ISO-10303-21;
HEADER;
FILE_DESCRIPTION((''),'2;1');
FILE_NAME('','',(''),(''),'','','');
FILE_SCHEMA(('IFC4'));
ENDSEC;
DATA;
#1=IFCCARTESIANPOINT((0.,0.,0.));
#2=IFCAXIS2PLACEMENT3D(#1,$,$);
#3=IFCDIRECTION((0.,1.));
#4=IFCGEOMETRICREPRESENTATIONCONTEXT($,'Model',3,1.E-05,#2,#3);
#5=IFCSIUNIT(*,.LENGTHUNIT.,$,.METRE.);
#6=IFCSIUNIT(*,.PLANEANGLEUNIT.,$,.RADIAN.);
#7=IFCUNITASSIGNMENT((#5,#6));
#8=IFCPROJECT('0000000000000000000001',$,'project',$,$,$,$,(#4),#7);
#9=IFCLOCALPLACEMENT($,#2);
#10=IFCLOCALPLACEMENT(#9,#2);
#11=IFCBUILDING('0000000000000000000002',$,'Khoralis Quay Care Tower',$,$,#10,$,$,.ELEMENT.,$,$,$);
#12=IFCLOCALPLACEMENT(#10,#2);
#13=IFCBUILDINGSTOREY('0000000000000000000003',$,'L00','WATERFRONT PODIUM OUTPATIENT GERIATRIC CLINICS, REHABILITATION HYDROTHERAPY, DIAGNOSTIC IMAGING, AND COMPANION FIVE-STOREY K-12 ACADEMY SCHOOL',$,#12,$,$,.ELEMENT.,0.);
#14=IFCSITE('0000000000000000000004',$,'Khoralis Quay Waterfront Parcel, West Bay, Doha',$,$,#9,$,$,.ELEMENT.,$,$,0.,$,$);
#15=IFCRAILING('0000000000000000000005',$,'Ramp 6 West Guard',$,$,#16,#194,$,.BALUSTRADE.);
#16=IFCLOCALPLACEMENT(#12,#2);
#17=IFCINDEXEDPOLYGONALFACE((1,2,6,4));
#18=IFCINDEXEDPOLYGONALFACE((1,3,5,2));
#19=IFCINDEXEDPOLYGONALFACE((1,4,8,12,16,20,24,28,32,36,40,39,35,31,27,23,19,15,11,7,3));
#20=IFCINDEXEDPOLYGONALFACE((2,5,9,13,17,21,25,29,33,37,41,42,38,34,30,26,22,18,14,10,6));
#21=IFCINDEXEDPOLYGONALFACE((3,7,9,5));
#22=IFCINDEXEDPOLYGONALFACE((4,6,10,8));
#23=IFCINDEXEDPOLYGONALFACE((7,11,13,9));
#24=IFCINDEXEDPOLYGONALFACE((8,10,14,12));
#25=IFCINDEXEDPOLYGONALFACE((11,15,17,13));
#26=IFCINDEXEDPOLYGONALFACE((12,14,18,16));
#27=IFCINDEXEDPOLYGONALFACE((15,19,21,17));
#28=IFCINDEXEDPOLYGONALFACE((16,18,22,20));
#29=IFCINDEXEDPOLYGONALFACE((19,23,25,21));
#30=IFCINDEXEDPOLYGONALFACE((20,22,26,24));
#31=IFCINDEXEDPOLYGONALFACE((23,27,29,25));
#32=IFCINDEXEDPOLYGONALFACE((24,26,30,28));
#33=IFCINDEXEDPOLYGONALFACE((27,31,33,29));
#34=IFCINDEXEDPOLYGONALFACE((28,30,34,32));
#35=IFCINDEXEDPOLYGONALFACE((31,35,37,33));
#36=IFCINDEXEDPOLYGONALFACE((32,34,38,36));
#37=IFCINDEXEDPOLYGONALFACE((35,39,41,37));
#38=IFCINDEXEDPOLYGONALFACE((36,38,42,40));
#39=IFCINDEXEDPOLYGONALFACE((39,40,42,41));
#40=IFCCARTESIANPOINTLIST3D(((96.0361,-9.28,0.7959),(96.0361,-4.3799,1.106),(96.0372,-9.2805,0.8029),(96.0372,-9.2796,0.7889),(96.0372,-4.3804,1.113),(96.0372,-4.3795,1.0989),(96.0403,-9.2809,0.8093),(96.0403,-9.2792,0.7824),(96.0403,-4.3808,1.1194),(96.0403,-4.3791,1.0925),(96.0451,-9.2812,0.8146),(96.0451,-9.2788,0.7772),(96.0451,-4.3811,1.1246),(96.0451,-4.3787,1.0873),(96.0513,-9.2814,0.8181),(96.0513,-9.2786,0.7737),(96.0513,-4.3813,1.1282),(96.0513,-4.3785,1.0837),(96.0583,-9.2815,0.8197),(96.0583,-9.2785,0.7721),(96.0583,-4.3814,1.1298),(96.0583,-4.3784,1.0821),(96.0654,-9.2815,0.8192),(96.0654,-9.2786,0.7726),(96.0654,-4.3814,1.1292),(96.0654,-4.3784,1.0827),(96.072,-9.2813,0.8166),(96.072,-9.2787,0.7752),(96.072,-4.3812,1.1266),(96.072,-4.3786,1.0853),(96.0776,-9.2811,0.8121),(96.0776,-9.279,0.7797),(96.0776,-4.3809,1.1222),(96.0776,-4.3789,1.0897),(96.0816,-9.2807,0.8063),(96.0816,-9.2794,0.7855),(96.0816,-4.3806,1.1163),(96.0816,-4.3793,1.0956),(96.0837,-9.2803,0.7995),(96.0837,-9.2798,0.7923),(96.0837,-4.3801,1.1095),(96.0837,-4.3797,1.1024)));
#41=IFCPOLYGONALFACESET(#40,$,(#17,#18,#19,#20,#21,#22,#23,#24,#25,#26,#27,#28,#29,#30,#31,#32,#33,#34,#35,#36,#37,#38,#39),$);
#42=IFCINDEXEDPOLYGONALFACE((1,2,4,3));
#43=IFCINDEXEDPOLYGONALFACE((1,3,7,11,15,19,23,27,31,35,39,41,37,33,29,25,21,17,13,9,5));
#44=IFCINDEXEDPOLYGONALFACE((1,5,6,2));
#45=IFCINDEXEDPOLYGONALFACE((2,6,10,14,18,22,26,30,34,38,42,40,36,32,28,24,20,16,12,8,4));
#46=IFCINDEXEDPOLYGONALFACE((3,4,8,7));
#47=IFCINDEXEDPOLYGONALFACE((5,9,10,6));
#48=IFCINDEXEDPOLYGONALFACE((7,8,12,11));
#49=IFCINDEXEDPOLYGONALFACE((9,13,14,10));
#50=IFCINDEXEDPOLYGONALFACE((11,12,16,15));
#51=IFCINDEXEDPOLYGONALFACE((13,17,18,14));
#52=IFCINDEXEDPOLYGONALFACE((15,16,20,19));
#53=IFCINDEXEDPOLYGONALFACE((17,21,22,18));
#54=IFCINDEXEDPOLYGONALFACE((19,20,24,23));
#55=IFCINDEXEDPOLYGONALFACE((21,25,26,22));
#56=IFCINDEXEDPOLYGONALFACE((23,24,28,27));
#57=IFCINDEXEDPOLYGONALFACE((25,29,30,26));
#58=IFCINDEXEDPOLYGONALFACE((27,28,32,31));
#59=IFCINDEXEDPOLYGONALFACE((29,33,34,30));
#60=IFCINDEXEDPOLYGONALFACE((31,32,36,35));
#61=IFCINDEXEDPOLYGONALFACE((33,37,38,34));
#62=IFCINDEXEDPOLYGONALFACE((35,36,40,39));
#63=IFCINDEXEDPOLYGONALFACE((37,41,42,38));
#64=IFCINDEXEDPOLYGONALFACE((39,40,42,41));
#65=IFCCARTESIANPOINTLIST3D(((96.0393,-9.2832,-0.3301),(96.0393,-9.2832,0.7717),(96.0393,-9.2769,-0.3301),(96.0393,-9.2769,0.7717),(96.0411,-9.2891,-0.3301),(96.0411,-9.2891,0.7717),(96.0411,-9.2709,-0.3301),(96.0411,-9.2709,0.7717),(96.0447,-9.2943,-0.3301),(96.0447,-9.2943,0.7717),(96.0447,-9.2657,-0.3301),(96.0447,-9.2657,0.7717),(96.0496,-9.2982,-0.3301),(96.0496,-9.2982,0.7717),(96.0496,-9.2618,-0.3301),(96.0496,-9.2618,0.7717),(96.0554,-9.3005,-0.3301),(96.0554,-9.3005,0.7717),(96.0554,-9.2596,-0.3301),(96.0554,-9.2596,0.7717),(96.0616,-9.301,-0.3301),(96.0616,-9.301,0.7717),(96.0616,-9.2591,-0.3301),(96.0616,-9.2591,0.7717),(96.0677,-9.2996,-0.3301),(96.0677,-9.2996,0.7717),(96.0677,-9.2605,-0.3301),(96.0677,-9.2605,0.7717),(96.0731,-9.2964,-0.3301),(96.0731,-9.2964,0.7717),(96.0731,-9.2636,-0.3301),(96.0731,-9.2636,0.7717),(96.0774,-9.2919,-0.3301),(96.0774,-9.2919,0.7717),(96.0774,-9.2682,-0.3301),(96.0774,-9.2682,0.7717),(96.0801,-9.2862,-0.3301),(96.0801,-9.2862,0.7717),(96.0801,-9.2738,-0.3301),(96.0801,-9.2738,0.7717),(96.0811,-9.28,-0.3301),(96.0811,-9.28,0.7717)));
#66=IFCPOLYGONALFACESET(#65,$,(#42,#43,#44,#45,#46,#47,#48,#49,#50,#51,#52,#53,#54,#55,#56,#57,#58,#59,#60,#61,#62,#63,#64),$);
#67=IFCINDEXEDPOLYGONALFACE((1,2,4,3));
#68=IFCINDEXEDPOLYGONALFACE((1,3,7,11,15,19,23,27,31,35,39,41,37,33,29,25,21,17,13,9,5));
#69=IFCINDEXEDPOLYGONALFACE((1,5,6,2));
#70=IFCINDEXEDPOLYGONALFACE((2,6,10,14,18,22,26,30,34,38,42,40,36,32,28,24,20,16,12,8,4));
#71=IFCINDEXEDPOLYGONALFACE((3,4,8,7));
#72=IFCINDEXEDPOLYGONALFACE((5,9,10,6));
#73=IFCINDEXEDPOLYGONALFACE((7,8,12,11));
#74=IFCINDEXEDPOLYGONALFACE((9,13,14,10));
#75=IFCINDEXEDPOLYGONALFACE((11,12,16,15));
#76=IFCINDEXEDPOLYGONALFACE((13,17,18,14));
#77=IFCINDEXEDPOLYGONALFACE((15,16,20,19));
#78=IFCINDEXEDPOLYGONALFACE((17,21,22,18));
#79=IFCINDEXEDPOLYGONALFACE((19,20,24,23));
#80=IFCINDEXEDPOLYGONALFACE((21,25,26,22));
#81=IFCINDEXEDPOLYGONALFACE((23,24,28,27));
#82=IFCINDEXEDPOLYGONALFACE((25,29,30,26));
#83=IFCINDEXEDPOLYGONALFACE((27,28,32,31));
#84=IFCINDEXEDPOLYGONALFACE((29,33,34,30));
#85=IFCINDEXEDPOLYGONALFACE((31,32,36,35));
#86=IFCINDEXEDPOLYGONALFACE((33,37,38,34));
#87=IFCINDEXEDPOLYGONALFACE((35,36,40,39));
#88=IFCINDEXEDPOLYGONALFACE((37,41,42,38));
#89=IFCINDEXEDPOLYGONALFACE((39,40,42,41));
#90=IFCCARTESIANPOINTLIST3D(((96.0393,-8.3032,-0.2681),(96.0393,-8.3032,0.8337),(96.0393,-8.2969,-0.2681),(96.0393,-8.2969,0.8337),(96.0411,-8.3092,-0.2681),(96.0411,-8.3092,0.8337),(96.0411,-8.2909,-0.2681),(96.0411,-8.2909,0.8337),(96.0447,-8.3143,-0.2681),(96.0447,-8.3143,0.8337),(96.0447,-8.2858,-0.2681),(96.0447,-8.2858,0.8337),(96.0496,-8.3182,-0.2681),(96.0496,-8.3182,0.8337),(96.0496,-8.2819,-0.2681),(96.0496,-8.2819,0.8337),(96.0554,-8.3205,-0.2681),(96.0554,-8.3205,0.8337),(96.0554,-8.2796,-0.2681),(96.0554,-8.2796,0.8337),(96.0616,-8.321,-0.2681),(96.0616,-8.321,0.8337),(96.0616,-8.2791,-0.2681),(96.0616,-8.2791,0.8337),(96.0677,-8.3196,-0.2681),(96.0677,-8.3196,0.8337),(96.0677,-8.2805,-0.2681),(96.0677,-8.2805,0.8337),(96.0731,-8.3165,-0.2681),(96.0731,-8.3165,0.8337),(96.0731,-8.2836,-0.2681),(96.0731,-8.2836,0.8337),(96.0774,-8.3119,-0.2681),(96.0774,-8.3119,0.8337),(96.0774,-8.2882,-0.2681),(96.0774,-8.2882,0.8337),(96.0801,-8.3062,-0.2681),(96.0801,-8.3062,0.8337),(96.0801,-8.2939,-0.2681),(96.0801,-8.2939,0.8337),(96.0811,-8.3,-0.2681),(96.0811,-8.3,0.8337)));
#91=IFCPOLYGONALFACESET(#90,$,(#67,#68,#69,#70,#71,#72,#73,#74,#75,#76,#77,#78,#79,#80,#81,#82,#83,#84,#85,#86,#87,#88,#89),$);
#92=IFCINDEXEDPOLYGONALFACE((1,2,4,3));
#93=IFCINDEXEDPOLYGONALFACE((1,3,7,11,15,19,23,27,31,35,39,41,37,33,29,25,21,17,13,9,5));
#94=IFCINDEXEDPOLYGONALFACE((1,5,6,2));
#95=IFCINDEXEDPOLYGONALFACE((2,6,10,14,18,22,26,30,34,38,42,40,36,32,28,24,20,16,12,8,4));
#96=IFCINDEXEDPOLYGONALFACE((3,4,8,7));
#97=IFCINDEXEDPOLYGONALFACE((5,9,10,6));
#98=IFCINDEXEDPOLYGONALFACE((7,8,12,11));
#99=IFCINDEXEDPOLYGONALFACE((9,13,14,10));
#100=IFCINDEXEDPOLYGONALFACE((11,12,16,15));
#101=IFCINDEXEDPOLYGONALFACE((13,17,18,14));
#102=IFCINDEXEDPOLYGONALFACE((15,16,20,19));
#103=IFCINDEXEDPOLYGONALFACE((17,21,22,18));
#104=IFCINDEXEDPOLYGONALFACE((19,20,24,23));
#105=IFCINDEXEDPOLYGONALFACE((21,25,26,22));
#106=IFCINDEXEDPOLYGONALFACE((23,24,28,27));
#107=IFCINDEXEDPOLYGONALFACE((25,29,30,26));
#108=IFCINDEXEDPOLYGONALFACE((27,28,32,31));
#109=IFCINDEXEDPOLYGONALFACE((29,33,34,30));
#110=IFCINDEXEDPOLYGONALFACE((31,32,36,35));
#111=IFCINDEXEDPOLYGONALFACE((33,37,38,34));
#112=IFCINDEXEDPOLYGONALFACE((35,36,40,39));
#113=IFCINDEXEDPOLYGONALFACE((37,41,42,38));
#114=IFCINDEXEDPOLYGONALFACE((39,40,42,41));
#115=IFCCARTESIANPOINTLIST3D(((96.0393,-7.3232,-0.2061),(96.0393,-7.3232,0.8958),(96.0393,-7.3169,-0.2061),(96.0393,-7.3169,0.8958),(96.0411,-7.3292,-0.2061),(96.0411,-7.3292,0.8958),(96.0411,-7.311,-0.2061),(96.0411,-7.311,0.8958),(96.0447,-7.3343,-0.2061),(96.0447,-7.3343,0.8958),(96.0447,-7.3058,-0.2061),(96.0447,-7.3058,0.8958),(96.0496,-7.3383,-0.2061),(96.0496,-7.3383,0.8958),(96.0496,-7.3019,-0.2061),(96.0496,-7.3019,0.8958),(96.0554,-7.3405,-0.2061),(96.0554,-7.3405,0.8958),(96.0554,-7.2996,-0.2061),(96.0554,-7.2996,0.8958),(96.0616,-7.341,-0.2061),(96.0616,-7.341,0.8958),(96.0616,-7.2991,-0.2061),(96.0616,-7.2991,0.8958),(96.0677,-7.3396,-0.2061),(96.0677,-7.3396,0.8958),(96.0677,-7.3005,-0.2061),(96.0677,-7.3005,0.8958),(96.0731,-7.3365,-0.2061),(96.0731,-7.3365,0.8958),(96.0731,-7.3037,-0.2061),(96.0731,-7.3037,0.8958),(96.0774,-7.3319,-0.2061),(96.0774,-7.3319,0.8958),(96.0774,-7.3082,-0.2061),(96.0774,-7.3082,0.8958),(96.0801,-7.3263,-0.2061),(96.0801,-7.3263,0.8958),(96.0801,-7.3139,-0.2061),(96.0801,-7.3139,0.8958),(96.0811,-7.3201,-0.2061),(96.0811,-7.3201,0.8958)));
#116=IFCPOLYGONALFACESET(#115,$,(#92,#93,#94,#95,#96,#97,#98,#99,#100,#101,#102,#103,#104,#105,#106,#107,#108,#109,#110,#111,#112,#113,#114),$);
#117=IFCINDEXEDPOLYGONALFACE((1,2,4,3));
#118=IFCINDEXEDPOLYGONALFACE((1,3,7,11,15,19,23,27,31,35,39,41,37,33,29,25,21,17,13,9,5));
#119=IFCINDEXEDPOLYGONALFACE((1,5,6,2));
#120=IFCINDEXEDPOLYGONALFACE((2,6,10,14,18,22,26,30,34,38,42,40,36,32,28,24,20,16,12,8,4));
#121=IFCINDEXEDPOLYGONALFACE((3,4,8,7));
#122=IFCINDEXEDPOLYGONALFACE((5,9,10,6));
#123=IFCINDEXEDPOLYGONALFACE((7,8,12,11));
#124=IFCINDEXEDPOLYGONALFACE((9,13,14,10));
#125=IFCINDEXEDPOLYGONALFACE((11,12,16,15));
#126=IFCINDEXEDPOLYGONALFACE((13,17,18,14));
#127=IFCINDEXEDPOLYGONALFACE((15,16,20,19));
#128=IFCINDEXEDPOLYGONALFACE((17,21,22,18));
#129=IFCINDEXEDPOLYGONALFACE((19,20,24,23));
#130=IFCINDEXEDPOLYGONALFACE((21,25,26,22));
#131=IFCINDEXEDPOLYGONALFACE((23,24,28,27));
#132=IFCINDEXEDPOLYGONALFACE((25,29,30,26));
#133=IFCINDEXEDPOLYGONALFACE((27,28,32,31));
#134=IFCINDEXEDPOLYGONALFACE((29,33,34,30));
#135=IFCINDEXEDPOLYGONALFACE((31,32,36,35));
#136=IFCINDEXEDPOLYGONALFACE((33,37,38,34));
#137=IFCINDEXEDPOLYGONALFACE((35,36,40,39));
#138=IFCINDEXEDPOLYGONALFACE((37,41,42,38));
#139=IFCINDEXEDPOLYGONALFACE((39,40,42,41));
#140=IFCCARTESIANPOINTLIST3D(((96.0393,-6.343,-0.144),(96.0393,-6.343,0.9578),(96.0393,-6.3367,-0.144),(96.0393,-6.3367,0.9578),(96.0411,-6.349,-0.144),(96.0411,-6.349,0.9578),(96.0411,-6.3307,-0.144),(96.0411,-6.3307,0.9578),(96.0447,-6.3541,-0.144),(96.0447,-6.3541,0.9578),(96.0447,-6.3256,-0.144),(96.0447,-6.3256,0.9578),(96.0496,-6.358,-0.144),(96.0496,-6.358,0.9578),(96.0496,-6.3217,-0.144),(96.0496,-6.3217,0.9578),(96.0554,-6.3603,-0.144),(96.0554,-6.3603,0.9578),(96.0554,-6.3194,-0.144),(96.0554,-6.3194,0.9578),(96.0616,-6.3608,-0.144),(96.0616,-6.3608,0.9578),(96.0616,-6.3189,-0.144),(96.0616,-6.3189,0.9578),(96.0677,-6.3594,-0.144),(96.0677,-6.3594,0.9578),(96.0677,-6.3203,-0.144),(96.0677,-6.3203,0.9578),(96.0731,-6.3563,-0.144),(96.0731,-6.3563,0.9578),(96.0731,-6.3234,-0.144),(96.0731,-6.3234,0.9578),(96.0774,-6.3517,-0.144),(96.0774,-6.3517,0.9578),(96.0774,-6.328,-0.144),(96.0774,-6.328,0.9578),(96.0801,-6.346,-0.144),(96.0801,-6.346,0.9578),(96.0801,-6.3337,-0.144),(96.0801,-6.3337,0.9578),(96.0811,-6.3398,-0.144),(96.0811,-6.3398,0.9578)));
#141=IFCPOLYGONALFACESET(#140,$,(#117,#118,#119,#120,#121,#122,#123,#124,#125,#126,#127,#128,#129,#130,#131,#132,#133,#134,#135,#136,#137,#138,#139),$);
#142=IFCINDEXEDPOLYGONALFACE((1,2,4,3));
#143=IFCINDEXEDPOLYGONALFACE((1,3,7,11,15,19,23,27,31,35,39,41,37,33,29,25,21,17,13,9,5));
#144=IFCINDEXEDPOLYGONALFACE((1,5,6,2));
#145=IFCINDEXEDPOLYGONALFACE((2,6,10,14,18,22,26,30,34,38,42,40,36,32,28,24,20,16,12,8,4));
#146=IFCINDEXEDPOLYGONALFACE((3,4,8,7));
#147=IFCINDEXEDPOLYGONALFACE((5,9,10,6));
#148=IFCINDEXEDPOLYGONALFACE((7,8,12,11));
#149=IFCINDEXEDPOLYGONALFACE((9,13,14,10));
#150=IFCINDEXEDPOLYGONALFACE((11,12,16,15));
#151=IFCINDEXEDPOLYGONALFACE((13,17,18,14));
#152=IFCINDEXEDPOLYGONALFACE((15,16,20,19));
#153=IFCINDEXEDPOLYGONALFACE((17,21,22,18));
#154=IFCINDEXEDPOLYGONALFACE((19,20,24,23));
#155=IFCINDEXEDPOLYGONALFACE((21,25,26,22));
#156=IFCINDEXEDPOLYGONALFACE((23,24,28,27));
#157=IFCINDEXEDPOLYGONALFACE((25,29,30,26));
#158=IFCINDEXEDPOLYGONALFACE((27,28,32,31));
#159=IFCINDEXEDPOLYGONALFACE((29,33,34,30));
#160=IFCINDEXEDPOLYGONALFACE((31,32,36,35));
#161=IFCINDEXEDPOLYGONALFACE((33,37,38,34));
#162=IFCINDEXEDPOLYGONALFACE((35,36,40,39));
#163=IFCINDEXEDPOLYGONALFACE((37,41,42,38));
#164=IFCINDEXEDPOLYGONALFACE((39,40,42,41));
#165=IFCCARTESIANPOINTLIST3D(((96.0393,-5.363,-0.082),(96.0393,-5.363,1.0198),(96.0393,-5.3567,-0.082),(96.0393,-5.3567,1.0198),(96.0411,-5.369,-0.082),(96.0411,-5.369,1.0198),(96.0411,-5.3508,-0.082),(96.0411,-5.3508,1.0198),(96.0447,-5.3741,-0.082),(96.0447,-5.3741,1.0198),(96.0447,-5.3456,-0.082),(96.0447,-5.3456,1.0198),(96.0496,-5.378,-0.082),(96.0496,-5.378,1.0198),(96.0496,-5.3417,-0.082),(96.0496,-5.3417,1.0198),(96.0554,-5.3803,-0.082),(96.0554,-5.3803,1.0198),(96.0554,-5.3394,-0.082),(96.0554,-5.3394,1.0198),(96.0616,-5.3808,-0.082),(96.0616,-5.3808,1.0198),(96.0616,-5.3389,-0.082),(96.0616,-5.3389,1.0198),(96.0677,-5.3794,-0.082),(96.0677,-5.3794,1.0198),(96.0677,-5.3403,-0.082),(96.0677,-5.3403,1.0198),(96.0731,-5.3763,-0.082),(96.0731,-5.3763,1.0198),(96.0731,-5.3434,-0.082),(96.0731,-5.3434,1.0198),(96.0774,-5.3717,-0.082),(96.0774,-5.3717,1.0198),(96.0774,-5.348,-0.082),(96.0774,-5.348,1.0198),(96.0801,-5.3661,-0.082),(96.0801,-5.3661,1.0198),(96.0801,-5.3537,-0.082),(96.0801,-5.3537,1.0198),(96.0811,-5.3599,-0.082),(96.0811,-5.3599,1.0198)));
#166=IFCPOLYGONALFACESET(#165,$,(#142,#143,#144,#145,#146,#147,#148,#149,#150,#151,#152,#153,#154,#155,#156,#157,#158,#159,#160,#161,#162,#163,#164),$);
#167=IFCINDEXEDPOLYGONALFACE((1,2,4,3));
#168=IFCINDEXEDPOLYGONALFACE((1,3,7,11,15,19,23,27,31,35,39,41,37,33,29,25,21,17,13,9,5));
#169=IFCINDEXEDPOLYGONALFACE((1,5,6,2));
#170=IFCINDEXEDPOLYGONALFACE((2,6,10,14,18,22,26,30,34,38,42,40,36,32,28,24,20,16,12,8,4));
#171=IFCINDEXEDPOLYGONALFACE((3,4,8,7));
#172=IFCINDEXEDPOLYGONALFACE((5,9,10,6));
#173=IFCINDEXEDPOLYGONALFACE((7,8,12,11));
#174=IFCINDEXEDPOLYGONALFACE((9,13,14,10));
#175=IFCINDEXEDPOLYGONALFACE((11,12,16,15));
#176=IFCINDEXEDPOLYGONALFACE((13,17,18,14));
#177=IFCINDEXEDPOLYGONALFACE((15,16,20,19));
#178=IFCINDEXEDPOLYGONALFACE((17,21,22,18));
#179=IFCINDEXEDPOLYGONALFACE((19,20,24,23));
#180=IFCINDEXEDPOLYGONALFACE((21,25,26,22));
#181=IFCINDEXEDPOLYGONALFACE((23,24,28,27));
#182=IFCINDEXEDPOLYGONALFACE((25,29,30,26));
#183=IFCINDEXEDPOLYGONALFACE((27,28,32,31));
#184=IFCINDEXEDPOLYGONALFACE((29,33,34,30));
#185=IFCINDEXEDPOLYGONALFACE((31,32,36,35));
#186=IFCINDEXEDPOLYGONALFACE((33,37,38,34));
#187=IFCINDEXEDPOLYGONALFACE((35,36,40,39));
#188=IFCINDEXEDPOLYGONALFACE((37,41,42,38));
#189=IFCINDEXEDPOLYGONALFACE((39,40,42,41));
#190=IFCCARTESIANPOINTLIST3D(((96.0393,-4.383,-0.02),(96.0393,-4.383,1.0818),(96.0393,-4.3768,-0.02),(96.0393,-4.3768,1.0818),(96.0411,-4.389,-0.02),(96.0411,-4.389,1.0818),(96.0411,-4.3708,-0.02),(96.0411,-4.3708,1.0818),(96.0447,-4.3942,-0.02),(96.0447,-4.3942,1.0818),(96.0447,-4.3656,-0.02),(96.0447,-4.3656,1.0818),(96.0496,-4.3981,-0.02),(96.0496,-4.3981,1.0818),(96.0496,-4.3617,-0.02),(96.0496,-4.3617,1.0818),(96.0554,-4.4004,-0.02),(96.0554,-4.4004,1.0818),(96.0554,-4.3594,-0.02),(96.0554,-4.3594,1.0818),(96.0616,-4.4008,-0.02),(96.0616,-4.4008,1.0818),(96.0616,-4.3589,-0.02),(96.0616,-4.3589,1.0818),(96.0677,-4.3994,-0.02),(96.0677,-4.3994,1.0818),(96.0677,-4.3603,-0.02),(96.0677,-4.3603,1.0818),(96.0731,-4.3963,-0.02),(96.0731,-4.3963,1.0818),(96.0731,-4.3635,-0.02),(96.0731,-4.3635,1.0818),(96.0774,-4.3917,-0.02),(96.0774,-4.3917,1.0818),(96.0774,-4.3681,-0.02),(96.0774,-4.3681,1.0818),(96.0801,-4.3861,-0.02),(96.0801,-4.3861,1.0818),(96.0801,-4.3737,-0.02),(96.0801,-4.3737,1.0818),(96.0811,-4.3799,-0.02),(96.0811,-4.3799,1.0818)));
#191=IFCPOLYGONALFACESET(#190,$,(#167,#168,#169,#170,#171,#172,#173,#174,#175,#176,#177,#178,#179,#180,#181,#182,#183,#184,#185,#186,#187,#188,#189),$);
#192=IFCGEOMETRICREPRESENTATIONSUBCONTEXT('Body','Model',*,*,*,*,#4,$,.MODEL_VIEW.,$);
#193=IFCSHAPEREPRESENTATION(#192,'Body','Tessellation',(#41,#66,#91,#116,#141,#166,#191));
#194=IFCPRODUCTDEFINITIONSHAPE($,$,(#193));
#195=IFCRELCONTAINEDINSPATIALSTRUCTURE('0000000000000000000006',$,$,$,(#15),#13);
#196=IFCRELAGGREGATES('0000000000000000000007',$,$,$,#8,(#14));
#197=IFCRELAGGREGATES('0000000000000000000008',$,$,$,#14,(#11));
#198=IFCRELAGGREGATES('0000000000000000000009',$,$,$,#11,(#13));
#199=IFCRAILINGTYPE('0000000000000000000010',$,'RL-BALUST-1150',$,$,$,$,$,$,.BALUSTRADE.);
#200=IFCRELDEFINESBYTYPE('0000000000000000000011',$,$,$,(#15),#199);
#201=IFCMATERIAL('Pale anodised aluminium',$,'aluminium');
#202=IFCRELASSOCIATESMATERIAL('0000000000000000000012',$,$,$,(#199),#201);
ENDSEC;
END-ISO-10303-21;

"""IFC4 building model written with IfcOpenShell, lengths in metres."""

from ifc_helpers import new_model, si_unit, direction, frame, origin, origin_2d, place, context, subcontext, project, spatial, circle, extrude, material, type_object, element, save


model = new_model("IFC4")

# Units and contexts
model_context = context("Model", 3, precision=1e-05, world=origin(), true_north=direction((0.0, 1.0)))
body_context = subcontext(model_context, "Body", "Model", "MODEL_VIEW")
ifc_project = project(units=[si_unit("LENGTHUNIT", "METRE"), si_unit("PLANEANGLEUNIT", "RADIAN")], contexts=[model_context])

# Site, building, storey
site_placement = place(None, origin())
site = spatial("IfcSite", under=ifc_project, at=site_placement, Name="Khoralis Quay Waterfront Parcel, West Bay, Doha", CompositionType="ELEMENT", RefElevation=0.0)
building_placement = place(site_placement, origin())
building = spatial("IfcBuilding", under=site, at=building_placement, Name="Khoralis Quay Care Tower", CompositionType="ELEMENT")
storey_placement = place(building_placement, origin())
storey = spatial("IfcBuildingStorey", under=building, at=storey_placement, Name="L00", Description="WATERFRONT PODIUM OUTPATIENT GERIATRIC CLINICS, REHABILITATION HYDROTHERAPY, DIAGNOSTIC IMAGING, AND COMPANION FIVE-STOREY K-12 ACADEMY SCHOOL", CompositionType="ELEMENT", Elevation=0.0)

# Shared definitions
ifc_material_1 = material(Name="Pale anodised aluminium", Category="aluminium")

# Railing
railing_type = type_object("IfcRailingType", Name="RL-BALUST-1150", PredefinedType="BALUSTRADE", material=ifc_material_1)
for number, where, name in (
    (1, (96.0601, -9.28, -0.3301), "Ramp 6 West Guard"),
):
    element("IfcRailing", number, at=place(storey_placement, frame(where)), inside=storey, type_object=railing_type, Name=name, PredefinedType="BALUSTRADE", context=body_context, shape_type="SweptSolid", body=[
        extrude(circle(Radius=0.0239, at=origin_2d()), frame((0.0, 0.0, 1.126), z_axis=(0.0, 0.998004, 0.063149), x_axis=(-1.0, 0.0, 0.0)), (0.0, 0.0, 1.0), 4.9099),
        extrude(circle(Radius=0.021, at=origin_2d()), origin(), (0.0, 0.0, 1.0), 1.1018),
        extrude(circle(Radius=0.021, at=origin_2d()), frame((0.0, 0.98, 0.062)), (0.0, 0.0, 1.0), 1.1018),
        extrude(circle(Radius=0.021, at=origin_2d()), frame((0.0, 1.96, 0.124)), (0.0, 0.0, 1.0), 1.1018),
        extrude(circle(Radius=0.021, at=origin_2d()), frame((0.0, 2.9402, 0.186)), (0.0, 0.0, 1.0), 1.1018),
        extrude(circle(Radius=0.021, at=origin_2d()), frame((0.0, 3.9202, 0.248)), (0.0, 0.0, 1.0), 1.1018),
        extrude(circle(Radius=0.021, at=origin_2d()), frame((0.0, 4.9001, 0.3101)), (0.0, 0.0, 1.0), 1.1018),
    ])

save(model, "model.ifc")
